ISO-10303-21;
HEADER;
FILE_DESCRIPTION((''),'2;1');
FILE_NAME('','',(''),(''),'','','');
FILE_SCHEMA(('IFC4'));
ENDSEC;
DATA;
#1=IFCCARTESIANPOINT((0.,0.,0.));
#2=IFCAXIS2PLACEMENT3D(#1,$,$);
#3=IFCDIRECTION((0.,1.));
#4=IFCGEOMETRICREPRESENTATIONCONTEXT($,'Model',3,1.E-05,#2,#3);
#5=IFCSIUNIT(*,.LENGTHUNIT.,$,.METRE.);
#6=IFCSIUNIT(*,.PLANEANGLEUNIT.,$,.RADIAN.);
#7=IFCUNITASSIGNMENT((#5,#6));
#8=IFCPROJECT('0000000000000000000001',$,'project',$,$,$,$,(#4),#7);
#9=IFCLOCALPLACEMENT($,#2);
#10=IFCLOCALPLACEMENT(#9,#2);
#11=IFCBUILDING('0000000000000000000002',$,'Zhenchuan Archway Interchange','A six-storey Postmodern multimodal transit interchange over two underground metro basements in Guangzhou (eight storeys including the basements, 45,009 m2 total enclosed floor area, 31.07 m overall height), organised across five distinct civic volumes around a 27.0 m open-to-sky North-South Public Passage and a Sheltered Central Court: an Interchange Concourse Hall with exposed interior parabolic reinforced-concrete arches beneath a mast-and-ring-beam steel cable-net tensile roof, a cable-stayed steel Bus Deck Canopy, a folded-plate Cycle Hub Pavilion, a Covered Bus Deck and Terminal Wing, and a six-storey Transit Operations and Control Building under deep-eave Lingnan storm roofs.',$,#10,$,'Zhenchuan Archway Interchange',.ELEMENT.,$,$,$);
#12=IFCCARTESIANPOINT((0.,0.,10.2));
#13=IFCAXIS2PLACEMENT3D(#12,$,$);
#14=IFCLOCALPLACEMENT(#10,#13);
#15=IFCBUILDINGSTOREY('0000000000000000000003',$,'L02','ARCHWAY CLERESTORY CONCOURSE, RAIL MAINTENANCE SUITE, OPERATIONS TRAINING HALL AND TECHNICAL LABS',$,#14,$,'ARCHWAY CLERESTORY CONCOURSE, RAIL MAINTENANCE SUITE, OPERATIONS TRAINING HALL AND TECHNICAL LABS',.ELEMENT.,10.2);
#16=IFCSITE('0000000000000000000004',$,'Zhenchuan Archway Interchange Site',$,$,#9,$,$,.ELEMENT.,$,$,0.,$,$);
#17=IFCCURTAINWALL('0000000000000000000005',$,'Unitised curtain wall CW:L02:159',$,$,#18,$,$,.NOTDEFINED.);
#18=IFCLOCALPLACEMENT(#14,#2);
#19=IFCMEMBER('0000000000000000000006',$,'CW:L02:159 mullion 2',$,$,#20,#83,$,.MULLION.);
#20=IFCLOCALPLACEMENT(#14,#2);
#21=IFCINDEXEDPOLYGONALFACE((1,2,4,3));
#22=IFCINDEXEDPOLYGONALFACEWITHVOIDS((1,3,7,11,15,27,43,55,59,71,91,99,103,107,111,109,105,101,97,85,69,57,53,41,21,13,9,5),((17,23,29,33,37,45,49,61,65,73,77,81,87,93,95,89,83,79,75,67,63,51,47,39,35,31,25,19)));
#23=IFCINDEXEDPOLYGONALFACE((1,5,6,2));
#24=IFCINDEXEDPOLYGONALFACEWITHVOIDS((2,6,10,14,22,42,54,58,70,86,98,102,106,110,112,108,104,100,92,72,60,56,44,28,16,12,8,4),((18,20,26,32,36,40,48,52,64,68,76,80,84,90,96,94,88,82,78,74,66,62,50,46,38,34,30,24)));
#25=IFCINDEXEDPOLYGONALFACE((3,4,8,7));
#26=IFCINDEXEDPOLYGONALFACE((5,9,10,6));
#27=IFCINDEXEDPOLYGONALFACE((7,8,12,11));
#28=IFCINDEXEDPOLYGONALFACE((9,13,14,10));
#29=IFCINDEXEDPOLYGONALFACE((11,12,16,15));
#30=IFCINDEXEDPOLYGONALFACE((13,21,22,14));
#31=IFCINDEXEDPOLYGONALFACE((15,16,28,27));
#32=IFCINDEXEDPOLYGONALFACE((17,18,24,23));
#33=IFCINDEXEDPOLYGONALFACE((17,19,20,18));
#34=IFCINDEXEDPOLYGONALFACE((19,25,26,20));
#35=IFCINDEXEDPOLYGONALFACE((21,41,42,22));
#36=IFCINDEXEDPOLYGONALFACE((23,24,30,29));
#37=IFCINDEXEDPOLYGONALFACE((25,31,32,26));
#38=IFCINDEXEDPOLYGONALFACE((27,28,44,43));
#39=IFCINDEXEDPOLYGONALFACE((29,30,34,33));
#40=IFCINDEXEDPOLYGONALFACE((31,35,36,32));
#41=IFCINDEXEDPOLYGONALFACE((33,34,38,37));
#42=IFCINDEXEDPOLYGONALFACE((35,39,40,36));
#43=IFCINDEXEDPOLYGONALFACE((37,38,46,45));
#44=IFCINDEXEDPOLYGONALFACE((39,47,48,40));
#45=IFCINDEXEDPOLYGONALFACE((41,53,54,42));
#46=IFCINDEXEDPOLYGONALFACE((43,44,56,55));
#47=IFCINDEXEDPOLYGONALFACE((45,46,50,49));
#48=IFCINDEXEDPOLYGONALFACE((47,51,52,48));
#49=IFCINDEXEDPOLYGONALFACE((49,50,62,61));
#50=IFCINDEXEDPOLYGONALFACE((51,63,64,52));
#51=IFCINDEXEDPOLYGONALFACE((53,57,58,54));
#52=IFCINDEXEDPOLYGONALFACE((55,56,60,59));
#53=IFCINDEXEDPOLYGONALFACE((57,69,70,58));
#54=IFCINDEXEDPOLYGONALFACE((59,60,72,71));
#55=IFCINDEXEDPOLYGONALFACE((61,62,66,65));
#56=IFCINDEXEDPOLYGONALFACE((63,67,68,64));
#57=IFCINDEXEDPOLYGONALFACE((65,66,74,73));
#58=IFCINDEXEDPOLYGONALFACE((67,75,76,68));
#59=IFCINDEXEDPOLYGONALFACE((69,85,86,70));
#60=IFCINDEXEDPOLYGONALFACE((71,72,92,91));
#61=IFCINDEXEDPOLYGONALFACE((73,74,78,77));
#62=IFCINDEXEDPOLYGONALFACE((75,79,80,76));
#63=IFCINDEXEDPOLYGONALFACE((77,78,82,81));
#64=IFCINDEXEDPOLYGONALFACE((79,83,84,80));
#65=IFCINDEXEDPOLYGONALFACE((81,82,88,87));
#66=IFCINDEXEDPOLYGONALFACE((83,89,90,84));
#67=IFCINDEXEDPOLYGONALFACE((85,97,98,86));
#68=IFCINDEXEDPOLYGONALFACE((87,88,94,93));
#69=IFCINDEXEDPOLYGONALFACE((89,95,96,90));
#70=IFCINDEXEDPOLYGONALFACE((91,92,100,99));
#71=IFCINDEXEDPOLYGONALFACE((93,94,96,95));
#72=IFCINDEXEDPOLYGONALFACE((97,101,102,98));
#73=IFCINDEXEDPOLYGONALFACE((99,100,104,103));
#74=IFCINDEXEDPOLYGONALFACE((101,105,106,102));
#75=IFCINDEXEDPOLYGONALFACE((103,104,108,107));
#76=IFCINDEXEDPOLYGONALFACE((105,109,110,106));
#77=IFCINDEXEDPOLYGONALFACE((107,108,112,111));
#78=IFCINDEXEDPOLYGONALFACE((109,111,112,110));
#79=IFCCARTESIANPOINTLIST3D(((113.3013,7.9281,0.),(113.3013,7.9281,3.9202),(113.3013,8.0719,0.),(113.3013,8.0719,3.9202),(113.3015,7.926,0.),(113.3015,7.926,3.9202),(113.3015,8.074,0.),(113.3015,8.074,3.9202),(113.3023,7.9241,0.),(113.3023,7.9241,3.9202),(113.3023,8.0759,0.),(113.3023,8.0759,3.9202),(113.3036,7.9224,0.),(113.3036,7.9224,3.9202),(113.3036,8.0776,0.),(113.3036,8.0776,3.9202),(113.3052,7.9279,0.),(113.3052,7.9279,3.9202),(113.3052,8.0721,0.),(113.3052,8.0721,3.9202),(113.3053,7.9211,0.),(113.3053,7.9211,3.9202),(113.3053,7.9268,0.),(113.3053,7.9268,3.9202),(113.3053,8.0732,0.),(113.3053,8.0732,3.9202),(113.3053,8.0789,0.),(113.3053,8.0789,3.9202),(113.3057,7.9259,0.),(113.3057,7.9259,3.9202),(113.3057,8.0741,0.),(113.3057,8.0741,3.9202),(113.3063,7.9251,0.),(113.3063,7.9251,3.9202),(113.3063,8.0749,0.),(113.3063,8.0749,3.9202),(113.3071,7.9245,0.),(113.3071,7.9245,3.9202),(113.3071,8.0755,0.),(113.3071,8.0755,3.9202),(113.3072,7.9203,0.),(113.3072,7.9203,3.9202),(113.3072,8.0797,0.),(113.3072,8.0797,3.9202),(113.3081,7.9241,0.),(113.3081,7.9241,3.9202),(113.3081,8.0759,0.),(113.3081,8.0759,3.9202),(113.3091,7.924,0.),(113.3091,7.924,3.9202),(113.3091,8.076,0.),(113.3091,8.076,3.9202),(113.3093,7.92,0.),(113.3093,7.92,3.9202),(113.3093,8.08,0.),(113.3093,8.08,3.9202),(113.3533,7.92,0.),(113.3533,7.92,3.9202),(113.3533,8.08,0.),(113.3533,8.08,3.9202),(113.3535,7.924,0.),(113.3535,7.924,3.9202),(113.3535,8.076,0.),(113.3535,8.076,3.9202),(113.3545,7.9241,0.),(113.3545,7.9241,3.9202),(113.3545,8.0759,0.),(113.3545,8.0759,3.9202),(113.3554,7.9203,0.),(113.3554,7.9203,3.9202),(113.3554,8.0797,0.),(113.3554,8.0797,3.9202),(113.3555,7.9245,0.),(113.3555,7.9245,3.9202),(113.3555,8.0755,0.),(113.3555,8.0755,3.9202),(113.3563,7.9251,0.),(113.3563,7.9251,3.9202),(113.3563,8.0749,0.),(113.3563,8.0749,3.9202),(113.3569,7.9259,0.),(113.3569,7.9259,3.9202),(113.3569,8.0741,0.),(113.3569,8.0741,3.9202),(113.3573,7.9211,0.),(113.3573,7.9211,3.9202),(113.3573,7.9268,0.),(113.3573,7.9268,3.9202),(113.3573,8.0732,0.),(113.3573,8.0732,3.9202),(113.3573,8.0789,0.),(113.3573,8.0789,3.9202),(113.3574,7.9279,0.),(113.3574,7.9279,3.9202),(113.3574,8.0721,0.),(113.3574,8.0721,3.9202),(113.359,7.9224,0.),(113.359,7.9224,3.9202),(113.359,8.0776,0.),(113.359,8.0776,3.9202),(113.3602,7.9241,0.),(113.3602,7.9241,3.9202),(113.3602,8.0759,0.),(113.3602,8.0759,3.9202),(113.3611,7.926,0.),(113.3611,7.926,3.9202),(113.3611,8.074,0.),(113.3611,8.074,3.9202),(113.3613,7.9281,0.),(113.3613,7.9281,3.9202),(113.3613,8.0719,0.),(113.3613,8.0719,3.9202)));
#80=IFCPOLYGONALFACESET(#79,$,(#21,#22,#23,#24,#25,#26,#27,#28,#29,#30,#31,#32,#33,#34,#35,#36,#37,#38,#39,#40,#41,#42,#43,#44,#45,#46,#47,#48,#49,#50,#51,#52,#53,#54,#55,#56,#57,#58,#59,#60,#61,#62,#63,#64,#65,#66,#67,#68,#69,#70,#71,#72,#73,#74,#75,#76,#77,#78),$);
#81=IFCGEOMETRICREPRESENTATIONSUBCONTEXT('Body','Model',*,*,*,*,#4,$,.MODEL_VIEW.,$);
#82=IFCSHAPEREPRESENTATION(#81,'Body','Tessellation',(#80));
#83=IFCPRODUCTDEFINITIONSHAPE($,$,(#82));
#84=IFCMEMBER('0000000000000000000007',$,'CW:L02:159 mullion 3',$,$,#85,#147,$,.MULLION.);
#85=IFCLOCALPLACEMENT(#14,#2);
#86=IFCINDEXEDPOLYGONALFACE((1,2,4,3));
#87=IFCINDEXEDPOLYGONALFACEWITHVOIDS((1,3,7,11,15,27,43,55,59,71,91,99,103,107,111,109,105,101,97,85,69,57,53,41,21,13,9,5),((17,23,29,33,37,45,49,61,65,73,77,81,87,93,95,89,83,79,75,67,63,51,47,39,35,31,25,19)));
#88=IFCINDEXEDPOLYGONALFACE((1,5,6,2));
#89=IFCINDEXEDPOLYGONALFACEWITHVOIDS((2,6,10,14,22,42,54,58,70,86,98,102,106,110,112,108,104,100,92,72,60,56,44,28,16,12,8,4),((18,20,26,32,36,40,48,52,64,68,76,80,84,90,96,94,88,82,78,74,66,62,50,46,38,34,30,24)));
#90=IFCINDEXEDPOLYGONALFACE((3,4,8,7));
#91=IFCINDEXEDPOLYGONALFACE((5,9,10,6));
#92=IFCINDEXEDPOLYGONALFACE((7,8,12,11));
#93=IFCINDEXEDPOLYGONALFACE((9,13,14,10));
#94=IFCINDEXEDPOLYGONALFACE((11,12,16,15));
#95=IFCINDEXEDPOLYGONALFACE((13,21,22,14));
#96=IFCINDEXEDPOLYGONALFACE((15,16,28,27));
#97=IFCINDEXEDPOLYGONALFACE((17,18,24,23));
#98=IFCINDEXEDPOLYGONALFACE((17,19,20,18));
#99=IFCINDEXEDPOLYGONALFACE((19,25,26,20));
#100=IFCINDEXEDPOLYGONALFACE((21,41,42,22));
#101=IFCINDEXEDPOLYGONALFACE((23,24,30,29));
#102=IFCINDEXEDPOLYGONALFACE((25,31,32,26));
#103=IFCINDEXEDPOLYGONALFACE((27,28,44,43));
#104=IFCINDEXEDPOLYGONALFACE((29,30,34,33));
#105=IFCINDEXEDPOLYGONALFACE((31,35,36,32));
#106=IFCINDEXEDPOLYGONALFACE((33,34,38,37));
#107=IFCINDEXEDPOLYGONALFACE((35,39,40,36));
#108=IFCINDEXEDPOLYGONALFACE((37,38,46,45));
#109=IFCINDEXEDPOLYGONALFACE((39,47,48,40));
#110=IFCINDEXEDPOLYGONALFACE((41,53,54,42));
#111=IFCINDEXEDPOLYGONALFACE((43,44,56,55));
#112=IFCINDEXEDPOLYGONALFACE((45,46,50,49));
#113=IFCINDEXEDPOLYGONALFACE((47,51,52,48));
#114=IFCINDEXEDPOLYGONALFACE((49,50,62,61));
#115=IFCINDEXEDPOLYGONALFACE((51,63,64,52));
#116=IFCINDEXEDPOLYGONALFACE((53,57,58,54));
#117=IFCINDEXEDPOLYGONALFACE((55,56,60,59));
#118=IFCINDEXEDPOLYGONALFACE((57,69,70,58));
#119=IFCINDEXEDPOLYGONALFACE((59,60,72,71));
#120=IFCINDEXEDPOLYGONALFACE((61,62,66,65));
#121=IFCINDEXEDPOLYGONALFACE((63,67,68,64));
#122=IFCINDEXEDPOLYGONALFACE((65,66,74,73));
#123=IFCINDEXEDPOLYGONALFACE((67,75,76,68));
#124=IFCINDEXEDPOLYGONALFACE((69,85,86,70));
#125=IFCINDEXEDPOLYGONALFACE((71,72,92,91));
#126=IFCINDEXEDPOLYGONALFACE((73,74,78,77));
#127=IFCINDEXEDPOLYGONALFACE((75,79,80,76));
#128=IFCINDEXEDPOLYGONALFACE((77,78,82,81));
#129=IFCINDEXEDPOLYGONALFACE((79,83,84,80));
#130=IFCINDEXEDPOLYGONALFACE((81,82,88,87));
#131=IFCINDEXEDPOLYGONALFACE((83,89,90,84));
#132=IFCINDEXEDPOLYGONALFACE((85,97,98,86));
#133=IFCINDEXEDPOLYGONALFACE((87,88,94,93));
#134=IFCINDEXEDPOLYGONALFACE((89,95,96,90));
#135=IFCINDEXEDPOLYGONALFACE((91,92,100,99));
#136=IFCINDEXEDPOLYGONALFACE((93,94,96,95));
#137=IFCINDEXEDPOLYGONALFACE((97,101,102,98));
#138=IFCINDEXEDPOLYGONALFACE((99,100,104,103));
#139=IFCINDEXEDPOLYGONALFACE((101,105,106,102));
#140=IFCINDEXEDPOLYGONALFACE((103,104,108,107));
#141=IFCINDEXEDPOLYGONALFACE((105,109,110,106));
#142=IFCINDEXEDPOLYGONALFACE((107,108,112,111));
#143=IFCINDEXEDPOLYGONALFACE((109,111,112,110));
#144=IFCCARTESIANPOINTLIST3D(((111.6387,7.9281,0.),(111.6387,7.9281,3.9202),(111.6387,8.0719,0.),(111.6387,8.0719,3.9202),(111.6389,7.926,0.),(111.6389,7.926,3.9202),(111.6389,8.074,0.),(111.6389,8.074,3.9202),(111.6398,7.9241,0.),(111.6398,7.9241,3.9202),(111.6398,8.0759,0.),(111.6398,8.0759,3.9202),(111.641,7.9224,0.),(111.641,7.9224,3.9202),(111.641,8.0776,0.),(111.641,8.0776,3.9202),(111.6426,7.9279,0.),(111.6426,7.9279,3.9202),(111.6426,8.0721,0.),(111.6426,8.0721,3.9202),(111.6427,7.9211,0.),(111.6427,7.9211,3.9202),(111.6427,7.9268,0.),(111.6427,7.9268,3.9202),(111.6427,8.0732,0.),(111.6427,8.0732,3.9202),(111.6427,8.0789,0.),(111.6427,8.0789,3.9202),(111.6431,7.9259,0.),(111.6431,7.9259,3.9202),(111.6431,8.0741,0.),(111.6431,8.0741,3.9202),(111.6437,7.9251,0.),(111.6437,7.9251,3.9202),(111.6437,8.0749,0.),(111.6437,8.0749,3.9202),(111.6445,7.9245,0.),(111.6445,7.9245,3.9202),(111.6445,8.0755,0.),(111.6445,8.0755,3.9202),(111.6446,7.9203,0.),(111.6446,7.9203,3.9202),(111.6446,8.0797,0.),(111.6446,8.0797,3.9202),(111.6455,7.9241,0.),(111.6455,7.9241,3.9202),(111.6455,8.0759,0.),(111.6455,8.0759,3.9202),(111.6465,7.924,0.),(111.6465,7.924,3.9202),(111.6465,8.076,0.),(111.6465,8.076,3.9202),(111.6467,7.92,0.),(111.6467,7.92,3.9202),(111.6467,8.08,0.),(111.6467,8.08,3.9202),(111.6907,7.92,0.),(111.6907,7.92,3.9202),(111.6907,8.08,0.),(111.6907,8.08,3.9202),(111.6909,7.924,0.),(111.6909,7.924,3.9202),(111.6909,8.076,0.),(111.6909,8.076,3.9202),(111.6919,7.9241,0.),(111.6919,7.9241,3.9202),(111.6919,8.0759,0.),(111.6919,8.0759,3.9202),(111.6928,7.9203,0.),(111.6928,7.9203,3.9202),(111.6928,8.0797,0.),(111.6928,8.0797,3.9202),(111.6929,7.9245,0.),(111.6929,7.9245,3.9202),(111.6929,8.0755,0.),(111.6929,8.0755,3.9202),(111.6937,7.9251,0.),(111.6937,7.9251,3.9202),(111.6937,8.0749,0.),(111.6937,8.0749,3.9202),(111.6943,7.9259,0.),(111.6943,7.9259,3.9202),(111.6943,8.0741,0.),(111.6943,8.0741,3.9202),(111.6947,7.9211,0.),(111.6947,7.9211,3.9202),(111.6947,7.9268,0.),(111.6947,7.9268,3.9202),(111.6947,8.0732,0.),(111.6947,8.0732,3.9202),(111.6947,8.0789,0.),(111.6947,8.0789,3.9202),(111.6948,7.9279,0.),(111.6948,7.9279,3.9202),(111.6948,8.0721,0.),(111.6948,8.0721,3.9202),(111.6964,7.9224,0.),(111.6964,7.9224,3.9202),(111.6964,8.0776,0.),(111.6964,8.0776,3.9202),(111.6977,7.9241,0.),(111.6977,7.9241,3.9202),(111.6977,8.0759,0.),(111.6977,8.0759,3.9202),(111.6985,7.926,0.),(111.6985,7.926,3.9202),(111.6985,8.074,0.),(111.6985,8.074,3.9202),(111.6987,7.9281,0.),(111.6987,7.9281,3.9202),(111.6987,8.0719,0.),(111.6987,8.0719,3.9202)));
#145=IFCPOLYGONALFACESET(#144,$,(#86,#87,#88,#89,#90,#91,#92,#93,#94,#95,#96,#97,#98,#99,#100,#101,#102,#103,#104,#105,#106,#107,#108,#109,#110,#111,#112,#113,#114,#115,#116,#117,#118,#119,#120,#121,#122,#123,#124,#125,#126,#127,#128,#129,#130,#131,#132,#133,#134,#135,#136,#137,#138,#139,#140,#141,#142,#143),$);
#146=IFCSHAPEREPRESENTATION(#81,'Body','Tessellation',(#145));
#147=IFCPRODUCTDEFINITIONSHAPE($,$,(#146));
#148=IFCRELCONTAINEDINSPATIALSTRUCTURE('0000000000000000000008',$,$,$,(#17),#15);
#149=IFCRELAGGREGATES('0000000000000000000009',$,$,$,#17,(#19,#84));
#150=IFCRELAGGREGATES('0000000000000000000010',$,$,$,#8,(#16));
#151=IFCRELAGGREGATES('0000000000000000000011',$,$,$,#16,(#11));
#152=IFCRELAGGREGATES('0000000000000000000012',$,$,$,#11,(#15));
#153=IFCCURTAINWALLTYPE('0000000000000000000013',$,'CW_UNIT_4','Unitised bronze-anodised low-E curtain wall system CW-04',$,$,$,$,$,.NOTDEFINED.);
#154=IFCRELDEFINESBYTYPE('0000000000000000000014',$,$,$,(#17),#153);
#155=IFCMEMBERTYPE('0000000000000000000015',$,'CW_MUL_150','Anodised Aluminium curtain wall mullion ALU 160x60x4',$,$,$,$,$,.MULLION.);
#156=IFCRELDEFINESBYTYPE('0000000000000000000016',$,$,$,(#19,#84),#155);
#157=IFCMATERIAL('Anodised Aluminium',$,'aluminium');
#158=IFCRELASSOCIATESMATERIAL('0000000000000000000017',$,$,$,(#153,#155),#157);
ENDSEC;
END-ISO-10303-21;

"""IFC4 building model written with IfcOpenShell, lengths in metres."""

from ifc_helpers import new_model, si_unit, direction, frame, origin, origin_2d, place, context, subcontext, project, spatial, hollow_rectangle, extrude, material, material_profile, profile_set, type_object, element, aggregate, save


model = new_model("IFC4")

# Units and contexts
model_context = context("Model", 3, precision=1e-05, world=origin(), true_north=direction((0.0, 1.0)))
body_context = subcontext(model_context, "Body", "Model", "MODEL_VIEW")
ifc_project = project(units=[si_unit("LENGTHUNIT", "METRE"), si_unit("PLANEANGLEUNIT", "RADIAN")], contexts=[model_context])

# Site, building, storey
site_placement = place(None, origin())
site = spatial("IfcSite", under=ifc_project, at=site_placement, Name="Zhenchuan Archway Interchange Site", CompositionType="ELEMENT", RefElevation=0.0)
building_placement = place(site_placement, origin())
building = spatial("IfcBuilding", under=site, at=building_placement, Name="Zhenchuan Archway Interchange", Description="A six-storey Postmodern multimodal transit interchange over two underground metro basements in Guangzhou (eight storeys including the basements, 45,009 m2 total enclosed floor area, 31.07 m overall height), organised across five distinct civic volumes around a 27.0 m open-to-sky North-South Public Passage and a Sheltered Central Court: an Interchange Concourse Hall with exposed interior parabolic reinforced-concrete arches beneath a mast-and-ring-beam steel cable-net tensile roof, a cable-stayed steel Bus Deck Canopy, a folded-plate Cycle Hub Pavilion, a Covered Bus Deck and Terminal Wing, and a six-storey Transit Operations and Control Building under deep-eave Lingnan storm roofs.", LongName="Zhenchuan Archway Interchange", CompositionType="ELEMENT")
storey_placement = place(building_placement, frame((0.0, 0.0, 10.2)))
storey = spatial("IfcBuildingStorey", under=building, at=storey_placement, Name="L02", Description="ARCHWAY CLERESTORY CONCOURSE, RAIL MAINTENANCE SUITE, OPERATIONS TRAINING HALL AND TECHNICAL LABS", LongName="ARCHWAY CLERESTORY CONCOURSE, RAIL MAINTENANCE SUITE, OPERATIONS TRAINING HALL AND TECHNICAL LABS", CompositionType="ELEMENT", Elevation=10.2)

# Curtain wall, members
ifc_material_1 = material(Name="Anodised Aluminium", Category="aluminium")
curtain_wall_type = type_object("IfcCurtainWallType", Name="CW_UNIT_4", Description="Unitised bronze-anodised low-E curtain wall system CW-04", PredefinedType="NOTDEFINED", material=ifc_material_1)
curtain_wall_placement = place(storey_placement, origin())
curtain_wall = element("IfcCurtainWall", 1, at=curtain_wall_placement, inside=storey, type_object=curtain_wall_type, Name="Unitised curtain wall CW:L02:159", PredefinedType="NOTDEFINED")
ifc_material_profile_1 = material_profile(ifc_material_1, hollow_rectangle(XDim=0.0601, YDim=0.1599, WallThickness=0.0039, InnerFilletRadius=0.0039, OuterFilletRadius=0.0081, at=origin_2d()), Name="ALU 160x60x4")
ifc_profile_set_1 = profile_set([ifc_material_profile_1], Name="Anodised Aluminium")
member_type_1 = type_object("IfcMemberType", Name="CW_MUL_150", Description="Anodised Aluminium curtain wall mullion ALU 160x60x4", PredefinedType="MULLION", material=ifc_profile_set_1)
member_1_placement = place(storey_placement, frame((113.3313, 8.0, 0.0), z_axis=(0.0, 0.0, 1.0), x_axis=(1.0, 0.0, 0.0)))
member_1 = element("IfcMember", 2, at=member_1_placement, type_object=member_type_1, Name="CW:L02:159 mullion 2", PredefinedType="MULLION", context=body_context, shape_type="SweptSolid", body=[
    extrude(hollow_rectangle(XDim=0.0601, YDim=0.1599, WallThickness=0.0039, InnerFilletRadius=0.0039, OuterFilletRadius=0.0081, at=origin_2d()), origin(), (0.0, 0.0, 1.0), 3.9202),
])
member_2_placement = place(storey_placement, frame((111.6687, 8.0, 0.0), z_axis=(0.0, 0.0, 1.0), x_axis=(1.0, 0.0, 0.0)))
member_2 = element("IfcMember", 3, at=member_2_placement, type_object=member_type_1, Name="CW:L02:159 mullion 3", PredefinedType="MULLION", context=body_context, shape_type="SweptSolid", body=[
    extrude(hollow_rectangle(XDim=0.0601, YDim=0.1599, WallThickness=0.0039, InnerFilletRadius=0.0039, OuterFilletRadius=0.0081, at=origin_2d()), origin(), (0.0, 0.0, 1.0), 3.9202),
])

aggregate(curtain_wall, [member_1, member_2])

save(model, "model.ifc")
